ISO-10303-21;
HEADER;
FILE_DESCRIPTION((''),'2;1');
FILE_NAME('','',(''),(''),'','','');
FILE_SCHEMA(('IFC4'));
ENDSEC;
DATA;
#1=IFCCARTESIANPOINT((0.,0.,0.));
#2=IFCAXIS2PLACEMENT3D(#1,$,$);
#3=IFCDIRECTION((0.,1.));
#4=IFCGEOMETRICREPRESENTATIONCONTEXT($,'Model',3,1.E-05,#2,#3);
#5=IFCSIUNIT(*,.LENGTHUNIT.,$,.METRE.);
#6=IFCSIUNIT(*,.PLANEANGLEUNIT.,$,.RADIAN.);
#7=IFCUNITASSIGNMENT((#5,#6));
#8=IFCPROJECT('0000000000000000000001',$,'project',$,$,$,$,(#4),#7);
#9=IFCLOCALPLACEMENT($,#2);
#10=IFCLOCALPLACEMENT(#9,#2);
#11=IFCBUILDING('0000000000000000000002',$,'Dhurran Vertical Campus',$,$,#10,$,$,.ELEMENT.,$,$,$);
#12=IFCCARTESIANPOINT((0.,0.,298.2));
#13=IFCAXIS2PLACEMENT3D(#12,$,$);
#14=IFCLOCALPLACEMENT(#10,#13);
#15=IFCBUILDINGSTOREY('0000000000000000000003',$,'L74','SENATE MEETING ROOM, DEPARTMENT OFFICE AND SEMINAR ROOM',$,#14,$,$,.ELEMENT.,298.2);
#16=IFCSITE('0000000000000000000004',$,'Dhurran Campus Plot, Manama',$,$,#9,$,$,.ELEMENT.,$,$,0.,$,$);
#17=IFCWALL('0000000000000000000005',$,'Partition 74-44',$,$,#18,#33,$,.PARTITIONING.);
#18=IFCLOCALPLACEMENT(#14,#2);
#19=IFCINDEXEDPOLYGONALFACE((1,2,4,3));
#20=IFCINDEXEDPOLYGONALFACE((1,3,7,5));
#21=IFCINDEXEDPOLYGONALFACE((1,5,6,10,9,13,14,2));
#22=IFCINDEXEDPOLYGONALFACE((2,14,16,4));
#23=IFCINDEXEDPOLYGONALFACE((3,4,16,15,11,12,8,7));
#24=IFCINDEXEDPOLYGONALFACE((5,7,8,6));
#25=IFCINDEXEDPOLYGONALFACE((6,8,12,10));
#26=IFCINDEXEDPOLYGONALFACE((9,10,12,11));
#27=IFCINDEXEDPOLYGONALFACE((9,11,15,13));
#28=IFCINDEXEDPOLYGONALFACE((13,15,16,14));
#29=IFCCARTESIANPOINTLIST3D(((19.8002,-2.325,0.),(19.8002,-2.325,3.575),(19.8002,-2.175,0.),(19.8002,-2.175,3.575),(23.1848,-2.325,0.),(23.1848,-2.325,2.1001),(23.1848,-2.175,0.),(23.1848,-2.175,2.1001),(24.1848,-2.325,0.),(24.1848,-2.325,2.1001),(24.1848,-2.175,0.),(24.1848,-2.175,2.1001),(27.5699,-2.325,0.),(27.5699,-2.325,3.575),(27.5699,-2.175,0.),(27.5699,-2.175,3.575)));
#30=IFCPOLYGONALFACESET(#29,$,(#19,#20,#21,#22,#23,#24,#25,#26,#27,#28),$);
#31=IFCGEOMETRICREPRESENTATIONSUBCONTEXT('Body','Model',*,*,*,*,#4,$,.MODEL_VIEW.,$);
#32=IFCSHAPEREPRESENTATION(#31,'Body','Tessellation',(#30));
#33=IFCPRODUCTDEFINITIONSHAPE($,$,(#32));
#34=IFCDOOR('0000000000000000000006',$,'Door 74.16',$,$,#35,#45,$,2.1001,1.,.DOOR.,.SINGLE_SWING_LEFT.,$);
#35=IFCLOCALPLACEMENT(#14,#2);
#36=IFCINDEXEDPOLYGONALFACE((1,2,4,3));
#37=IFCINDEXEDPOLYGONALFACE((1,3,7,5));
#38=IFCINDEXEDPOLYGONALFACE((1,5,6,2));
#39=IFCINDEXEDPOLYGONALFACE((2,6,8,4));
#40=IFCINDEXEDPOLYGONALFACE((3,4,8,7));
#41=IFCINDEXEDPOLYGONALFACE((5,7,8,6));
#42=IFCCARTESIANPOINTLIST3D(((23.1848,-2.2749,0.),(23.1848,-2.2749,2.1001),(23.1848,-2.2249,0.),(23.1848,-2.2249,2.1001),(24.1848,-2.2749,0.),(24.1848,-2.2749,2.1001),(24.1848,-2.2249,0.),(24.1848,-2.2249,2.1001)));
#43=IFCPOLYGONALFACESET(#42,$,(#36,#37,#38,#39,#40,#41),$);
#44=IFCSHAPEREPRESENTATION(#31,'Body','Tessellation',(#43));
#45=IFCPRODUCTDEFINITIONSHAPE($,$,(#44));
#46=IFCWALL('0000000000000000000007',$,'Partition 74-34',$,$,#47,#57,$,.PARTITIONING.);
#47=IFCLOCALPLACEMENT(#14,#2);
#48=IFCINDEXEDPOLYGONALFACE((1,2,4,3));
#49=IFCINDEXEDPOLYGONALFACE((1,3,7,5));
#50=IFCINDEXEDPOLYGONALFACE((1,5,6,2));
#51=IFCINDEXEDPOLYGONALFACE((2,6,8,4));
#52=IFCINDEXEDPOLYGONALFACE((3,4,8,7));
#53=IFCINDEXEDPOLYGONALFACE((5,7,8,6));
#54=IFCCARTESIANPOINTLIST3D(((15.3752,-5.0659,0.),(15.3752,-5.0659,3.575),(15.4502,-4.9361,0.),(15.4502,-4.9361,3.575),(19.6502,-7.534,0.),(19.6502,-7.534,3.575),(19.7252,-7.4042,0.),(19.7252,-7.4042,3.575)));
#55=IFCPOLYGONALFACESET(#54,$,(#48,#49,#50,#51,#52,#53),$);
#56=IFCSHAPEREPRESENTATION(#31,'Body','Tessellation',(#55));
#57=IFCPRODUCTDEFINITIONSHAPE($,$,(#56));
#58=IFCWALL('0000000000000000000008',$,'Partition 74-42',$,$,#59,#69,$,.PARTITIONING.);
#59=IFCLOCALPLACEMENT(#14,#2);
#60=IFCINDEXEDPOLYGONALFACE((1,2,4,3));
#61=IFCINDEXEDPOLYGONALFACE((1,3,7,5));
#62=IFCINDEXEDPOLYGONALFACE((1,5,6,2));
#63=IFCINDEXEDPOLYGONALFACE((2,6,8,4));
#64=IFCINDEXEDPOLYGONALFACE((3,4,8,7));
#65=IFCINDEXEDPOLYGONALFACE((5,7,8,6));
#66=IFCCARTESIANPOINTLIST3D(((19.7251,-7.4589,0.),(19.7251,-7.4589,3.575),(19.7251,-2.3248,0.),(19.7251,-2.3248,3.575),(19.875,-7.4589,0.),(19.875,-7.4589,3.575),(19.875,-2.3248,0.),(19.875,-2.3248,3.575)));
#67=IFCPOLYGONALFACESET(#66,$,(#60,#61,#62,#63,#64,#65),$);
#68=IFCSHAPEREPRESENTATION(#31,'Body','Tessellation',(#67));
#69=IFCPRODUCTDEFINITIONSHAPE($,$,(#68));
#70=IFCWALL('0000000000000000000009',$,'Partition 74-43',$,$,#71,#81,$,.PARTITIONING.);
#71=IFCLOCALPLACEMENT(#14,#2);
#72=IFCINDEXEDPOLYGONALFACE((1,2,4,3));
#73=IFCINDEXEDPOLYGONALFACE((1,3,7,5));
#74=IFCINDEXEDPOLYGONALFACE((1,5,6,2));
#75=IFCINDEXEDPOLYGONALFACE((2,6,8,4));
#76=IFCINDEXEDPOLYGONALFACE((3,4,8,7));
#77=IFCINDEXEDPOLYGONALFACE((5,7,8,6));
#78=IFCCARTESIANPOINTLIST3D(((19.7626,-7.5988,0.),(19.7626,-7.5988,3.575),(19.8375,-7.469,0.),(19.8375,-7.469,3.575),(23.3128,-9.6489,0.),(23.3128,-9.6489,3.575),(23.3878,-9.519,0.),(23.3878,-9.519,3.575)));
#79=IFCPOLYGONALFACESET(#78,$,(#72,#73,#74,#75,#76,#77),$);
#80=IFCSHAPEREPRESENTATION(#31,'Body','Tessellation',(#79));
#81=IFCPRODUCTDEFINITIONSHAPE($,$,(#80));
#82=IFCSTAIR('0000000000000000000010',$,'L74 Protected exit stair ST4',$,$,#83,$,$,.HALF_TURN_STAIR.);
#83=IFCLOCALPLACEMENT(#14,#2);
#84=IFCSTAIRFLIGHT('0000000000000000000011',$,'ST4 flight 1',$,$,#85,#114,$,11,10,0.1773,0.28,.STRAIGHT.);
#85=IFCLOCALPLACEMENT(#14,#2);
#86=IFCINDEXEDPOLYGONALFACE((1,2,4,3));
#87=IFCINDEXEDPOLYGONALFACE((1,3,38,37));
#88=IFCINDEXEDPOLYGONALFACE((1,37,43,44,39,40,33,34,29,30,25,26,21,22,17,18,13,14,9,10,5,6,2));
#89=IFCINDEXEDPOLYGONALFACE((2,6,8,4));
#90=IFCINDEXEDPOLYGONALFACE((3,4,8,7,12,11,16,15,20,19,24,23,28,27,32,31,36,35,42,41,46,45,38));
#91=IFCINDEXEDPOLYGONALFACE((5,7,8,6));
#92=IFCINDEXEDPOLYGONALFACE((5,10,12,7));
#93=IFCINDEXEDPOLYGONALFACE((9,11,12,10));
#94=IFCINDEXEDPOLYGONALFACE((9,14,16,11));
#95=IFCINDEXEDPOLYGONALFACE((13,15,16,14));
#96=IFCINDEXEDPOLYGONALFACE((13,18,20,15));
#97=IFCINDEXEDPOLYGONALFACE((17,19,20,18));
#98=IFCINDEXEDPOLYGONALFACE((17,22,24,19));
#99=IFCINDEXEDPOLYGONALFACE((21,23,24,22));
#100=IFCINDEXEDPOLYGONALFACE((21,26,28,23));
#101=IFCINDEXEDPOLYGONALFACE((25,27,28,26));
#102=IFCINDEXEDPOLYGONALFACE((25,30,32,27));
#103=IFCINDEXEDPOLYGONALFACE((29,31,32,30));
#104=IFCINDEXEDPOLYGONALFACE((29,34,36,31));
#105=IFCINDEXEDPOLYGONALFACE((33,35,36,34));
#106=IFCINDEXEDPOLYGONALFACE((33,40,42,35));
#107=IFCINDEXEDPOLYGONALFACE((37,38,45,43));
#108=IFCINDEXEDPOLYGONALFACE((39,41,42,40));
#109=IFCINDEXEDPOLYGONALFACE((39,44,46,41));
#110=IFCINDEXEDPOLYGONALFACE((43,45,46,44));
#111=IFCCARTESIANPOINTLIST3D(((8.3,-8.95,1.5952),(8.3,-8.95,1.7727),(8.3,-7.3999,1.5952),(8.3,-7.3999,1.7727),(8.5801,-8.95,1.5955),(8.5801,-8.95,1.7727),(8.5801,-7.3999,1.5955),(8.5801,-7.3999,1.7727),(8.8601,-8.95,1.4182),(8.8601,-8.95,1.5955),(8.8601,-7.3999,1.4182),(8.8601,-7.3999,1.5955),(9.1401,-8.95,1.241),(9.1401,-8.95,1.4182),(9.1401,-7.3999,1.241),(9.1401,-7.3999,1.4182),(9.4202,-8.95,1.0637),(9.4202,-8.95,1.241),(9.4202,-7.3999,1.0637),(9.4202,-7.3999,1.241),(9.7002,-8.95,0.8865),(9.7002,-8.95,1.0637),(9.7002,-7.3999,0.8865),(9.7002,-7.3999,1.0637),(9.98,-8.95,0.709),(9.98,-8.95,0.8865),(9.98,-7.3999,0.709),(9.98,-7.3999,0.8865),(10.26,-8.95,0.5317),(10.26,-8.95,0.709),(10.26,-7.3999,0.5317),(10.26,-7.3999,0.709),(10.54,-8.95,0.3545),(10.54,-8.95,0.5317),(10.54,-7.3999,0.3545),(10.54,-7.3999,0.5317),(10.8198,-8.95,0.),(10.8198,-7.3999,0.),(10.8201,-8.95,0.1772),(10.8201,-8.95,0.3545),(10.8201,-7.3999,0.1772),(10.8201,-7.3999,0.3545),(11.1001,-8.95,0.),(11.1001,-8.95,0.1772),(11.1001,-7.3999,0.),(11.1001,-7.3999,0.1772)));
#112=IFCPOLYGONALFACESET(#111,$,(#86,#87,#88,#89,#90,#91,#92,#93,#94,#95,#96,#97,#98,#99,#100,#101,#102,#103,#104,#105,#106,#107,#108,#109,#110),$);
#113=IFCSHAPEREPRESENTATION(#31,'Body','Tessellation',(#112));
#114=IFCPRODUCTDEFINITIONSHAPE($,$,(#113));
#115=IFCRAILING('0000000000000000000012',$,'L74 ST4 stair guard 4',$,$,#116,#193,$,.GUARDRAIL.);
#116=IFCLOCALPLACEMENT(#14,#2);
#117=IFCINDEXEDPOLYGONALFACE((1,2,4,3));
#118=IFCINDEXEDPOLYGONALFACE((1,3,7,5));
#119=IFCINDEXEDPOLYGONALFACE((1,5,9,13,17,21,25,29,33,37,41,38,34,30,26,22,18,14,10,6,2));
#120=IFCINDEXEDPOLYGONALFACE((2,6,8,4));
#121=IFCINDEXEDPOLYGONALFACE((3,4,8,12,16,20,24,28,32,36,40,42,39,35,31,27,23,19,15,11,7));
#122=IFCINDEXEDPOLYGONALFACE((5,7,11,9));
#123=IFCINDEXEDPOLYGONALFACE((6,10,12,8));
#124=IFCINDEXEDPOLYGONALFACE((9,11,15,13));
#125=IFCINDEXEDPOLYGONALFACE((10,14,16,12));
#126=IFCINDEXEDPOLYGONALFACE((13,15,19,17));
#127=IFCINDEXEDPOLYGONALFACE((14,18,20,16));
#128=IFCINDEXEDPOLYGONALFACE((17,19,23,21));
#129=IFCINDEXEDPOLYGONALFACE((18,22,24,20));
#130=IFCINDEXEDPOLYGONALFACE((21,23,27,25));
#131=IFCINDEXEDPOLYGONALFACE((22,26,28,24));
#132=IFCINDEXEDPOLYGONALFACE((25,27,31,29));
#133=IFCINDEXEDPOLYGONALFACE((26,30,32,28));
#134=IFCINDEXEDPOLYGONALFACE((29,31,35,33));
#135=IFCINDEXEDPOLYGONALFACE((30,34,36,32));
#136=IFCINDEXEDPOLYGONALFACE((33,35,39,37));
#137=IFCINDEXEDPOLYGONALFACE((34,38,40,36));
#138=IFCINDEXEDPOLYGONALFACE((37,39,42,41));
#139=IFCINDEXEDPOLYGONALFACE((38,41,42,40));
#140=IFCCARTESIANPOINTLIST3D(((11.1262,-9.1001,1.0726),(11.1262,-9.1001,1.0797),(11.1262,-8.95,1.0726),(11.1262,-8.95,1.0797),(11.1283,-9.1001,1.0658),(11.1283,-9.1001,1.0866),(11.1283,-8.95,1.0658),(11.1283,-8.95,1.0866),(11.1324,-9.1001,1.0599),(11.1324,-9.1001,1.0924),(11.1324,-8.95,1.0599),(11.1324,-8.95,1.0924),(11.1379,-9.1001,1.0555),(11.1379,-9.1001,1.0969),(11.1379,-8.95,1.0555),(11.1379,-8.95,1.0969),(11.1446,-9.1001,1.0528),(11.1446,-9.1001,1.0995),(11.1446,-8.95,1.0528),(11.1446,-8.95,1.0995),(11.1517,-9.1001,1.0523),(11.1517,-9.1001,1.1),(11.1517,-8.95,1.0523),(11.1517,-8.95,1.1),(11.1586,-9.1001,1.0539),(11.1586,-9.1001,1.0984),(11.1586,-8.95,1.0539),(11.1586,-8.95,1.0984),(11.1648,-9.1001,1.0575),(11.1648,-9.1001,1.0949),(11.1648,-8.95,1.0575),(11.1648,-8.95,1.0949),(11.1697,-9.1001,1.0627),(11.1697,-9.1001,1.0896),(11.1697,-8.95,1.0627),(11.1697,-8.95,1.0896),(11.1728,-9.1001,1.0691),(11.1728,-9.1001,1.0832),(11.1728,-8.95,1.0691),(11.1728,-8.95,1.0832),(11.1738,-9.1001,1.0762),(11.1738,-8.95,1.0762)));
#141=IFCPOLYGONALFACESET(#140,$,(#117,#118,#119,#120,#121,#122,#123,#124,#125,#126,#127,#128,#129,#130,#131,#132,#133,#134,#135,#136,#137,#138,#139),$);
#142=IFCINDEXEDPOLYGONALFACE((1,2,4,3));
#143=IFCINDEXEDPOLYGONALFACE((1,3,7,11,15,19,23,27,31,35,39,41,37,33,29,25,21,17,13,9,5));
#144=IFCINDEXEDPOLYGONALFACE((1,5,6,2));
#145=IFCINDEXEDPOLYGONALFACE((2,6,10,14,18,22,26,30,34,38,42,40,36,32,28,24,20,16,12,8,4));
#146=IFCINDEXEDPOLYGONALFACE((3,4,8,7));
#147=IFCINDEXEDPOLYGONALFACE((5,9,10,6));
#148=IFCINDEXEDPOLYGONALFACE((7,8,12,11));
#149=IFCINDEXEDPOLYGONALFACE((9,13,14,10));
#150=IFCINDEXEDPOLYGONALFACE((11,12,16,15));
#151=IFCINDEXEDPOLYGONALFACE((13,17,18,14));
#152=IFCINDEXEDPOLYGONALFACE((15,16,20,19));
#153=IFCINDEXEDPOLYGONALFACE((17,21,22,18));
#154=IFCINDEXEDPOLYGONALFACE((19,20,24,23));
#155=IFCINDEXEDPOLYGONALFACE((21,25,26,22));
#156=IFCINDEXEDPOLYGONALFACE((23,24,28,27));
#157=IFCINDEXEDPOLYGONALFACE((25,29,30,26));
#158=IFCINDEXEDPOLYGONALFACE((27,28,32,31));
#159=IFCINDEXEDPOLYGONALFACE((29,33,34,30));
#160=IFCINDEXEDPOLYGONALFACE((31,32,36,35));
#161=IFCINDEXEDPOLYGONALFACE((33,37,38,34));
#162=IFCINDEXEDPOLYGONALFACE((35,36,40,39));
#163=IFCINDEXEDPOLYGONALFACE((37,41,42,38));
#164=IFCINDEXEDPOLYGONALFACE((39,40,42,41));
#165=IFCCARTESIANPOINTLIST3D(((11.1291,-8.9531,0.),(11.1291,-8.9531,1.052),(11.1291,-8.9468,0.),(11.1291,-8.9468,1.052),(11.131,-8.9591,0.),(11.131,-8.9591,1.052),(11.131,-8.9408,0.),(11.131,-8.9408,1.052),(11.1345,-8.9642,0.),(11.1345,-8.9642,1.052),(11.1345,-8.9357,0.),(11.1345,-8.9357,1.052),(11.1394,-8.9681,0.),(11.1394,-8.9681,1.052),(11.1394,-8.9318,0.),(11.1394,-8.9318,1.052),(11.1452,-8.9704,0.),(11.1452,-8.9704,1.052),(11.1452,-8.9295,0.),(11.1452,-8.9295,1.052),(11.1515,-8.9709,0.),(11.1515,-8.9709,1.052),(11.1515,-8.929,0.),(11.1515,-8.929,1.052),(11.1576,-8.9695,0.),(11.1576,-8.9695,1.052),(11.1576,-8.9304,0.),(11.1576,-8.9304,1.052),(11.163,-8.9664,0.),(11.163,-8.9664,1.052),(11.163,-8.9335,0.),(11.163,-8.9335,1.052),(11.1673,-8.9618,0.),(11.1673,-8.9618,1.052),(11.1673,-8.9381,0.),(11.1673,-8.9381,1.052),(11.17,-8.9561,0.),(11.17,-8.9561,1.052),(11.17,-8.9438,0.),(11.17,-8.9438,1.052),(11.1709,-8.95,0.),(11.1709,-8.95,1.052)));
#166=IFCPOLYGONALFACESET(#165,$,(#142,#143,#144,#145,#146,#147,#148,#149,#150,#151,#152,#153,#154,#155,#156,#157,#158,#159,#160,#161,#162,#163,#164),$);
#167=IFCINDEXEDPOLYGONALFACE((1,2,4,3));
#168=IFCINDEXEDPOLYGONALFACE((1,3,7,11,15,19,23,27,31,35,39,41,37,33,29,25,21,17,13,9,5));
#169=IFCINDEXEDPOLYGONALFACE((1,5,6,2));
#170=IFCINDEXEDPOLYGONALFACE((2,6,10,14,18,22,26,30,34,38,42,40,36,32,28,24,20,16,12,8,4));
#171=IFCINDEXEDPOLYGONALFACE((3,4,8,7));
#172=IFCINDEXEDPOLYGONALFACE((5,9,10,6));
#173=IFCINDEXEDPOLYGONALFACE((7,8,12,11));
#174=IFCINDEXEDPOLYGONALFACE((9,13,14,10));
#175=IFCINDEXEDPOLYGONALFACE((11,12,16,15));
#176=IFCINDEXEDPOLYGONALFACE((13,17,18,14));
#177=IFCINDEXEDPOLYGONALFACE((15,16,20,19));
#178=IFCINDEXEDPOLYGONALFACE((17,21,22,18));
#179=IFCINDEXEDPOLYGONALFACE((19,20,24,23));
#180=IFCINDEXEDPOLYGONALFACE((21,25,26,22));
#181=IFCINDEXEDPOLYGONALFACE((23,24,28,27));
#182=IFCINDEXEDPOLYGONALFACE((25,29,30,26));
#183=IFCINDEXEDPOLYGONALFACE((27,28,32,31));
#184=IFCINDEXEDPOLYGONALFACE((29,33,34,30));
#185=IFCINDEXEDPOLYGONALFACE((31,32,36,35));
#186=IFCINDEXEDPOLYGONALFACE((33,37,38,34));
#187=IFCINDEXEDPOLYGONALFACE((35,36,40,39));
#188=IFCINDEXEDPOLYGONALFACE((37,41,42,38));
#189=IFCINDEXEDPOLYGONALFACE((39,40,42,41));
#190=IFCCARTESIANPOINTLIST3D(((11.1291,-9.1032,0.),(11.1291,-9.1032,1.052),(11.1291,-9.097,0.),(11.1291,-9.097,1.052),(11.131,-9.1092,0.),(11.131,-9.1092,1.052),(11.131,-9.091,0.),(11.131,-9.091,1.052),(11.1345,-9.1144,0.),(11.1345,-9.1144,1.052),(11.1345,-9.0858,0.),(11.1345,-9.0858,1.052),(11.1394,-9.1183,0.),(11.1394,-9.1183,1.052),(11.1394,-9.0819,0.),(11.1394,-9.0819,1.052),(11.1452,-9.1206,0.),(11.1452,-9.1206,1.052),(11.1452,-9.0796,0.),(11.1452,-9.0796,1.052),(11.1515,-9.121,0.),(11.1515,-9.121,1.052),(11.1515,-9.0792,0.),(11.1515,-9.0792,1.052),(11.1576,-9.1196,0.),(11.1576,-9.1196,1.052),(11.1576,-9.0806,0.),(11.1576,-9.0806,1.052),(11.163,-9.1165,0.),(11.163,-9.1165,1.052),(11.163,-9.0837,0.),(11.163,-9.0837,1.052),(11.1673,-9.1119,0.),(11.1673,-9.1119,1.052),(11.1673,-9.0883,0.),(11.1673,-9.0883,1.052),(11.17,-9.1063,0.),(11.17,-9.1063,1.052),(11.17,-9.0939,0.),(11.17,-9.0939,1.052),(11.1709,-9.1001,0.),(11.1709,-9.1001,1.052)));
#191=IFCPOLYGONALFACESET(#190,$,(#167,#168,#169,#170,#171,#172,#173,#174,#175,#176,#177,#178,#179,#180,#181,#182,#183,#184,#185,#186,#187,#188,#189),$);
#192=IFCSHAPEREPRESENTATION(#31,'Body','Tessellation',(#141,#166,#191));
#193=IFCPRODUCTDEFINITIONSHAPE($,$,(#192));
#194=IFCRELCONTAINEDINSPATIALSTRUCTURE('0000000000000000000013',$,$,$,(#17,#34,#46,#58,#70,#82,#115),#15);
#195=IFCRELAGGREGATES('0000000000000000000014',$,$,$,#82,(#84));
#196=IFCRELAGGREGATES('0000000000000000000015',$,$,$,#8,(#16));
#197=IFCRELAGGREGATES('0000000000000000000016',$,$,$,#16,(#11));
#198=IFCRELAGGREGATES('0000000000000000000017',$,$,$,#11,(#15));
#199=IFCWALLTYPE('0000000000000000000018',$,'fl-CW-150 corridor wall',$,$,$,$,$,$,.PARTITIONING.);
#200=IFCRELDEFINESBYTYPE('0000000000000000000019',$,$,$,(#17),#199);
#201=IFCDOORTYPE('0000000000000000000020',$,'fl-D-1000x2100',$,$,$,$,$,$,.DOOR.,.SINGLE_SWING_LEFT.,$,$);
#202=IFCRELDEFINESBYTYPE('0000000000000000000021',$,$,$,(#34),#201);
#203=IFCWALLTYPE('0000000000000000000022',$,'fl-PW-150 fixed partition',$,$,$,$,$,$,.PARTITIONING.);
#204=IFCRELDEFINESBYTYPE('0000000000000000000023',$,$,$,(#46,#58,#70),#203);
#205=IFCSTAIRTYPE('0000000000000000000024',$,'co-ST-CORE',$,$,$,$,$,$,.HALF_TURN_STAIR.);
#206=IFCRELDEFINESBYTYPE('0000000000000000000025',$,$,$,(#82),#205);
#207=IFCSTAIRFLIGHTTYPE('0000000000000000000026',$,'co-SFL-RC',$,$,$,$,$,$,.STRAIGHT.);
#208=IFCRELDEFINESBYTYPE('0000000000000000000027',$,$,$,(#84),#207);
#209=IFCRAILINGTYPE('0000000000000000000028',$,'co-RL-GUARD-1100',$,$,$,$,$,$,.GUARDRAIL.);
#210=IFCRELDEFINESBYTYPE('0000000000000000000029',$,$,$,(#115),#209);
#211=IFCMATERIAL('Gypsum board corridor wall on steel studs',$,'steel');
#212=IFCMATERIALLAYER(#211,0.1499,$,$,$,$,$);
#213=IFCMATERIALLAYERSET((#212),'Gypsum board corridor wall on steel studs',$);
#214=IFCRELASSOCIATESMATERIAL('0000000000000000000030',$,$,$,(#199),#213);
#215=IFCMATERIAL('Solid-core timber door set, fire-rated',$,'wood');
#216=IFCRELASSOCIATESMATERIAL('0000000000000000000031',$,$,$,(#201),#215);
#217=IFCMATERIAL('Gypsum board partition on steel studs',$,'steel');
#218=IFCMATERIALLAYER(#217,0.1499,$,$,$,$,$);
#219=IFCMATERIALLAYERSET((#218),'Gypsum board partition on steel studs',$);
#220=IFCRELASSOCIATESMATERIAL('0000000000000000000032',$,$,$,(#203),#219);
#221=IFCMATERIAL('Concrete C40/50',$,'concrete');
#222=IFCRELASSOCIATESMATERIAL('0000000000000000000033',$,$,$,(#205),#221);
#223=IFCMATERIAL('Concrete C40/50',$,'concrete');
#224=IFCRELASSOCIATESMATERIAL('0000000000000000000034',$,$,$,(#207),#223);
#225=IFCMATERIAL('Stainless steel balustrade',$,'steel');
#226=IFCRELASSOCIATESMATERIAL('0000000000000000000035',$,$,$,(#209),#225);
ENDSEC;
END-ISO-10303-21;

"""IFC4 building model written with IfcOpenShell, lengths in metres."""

from ifc_helpers import new_model, si_unit, direction, frame, frame_2d, origin, origin_2d, place, context, subcontext, project, spatial, polyline, rectangle, circle, outline, extrude, material, layer, layer_set, type_object, element, fill, aggregate, save


model = new_model("IFC4")

# Units and contexts
model_context = context("Model", 3, precision=1e-05, world=origin(), true_north=direction((0.0, 1.0)))
body_context = subcontext(model_context, "Body", "Model", "MODEL_VIEW")
ifc_project = project(units=[si_unit("LENGTHUNIT", "METRE"), si_unit("PLANEANGLEUNIT", "RADIAN")], contexts=[model_context])

# Site, building, storey
site_placement = place(None, origin())
site = spatial("IfcSite", under=ifc_project, at=site_placement, Name="Dhurran Campus Plot, Manama", CompositionType="ELEMENT", RefElevation=0.0)
building_placement = place(site_placement, origin())
building = spatial("IfcBuilding", under=site, at=building_placement, Name="Dhurran Vertical Campus", CompositionType="ELEMENT")
storey_placement = place(building_placement, frame((0.0, 0.0, 298.2)))
storey = spatial("IfcBuildingStorey", under=building, at=storey_placement, Name="L74", Description="SENATE MEETING ROOM, DEPARTMENT OFFICE AND SEMINAR ROOM", CompositionType="ELEMENT", Elevation=298.2)

# Shared definitions
ifc_material_1 = material(Name="Gypsum board corridor wall on steel studs", Category="steel")
ifc_layer_1 = layer(ifc_material_1, 0.1499)
ifc_layer_set_1 = layer_set([ifc_layer_1], Name="Gypsum board corridor wall on steel studs")
wall_type_1 = type_object("IfcWallType", Name="fl-CW-150 corridor wall", PredefinedType="PARTITIONING", material=ifc_layer_set_1)

# Wall, opening, door
ifc_material_2 = material(Name="Solid-core timber door set, fire-rated", Category="wood")
door_type = type_object("IfcDoorType", Name="fl-D-1000x2100", OperationType="SINGLE_SWING_LEFT", PredefinedType="DOOR", material=ifc_material_2)
wall_1_placement = place(storey_placement, frame((27.5698, -2.25, 0.0), z_axis=(0.0, 0.0, 1.0), x_axis=(-1.0, 0.0, 0.0)))
wall_1 = element("IfcWall", 1, at=wall_1_placement, inside=storey, type_object=wall_type_1, Name="Partition 74-44", PredefinedType="PARTITIONING", context=body_context, shape_type="SweptSolid", body=[
    extrude(rectangle(XDim=7.7698, YDim=0.1499, at=frame_2d((3.8848, 0.0))), origin(), (0.0, 0.0, 1.0), 3.575),
])
opening_1_placement = place(wall_1_placement, frame((3.385, 0.0, 0.0)))
opening_1 = element("IfcOpeningElement", 2, at=opening_1_placement, cuts=wall_1, PredefinedType="OPENING", context=body_context, shape_type="SweptSolid", body=[
    extrude(rectangle(XDim=1.0, YDim=2.1001, at=frame_2d((0.5, 1.05))), frame((0.0, 0.085, 0.0), z_axis=(0.0, -1.0, 0.0), x_axis=(1.0, 0.0, 0.0)), (0.0, 0.0, 1.0), 0.1699),
])
door_1_placement = place(opening_1_placement, origin())
door_1 = element("IfcDoor", 3, at=door_1_placement, inside=storey, type_object=door_type, Name="Door 74.16", OperationType="SINGLE_SWING_LEFT", OverallHeight=2.1001, OverallWidth=1.0, PredefinedType="DOOR", context=body_context, shape_type="SweptSolid", body=[
    extrude(rectangle(XDim=1.0, YDim=2.1001, at=frame_2d((0.5, 1.05))), frame((0.0, 0.0249, 0.0), z_axis=(0.0, -1.0, 0.0), x_axis=(1.0, 0.0, 0.0)), (0.0, 0.0, 1.0), 0.05),
])
fill(opening_1, door_1)

# Walls
ifc_material_3 = material(Name="Gypsum board partition on steel studs", Category="steel")
ifc_layer_2 = layer(ifc_material_3, 0.1499)
ifc_layer_set_2 = layer_set([ifc_layer_2], Name="Gypsum board partition on steel studs")
wall_type_2 = type_object("IfcWallType", Name="fl-PW-150 fixed partition", PredefinedType="PARTITIONING", material=ifc_layer_set_2)
wall_2_placement = place(storey_placement, frame((15.4126, -5.001, 0.0), z_axis=(0.0, 0.0, 1.0), x_axis=(0.866034, -0.499985, 0.0)))
element("IfcWall", 4, at=wall_2_placement, inside=storey, type_object=wall_type_2, Name="Partition 74-34", PredefinedType="PARTITIONING", context=body_context, shape_type="SweptSolid", body=[
    extrude(rectangle(XDim=4.9363, YDim=0.1499, at=frame_2d((2.4683, 0.0))), origin(), (0.0, 0.0, 1.0), 3.575),
])
wall_3_placement = place(storey_placement, frame((19.8, -2.325, 0.0), z_axis=(0.0, 0.0, 1.0), x_axis=(0.0, -1.0, 0.0)))
element("IfcWall", 5, at=wall_3_placement, inside=storey, type_object=wall_type_2, Name="Partition 74-42", PredefinedType="PARTITIONING", context=body_context, shape_type="SweptSolid", body=[
    extrude(rectangle(XDim=5.134, YDim=0.1499, at=frame_2d((2.5669, 0.0))), origin(), (0.0, 0.0, 1.0), 3.575),
])
wall_4_placement = place(storey_placement, frame((19.8, -7.5339, 0.0), z_axis=(0.0, 0.0, 1.0), x_axis=(0.865995, -0.500052, 0.0)))
element("IfcWall", 6, at=wall_4_placement, inside=storey, type_object=wall_type_2, Name="Partition 74-43", PredefinedType="PARTITIONING", context=body_context, shape_type="SweptSolid", body=[
    extrude(rectangle(XDim=4.0996, YDim=0.1499, at=frame_2d((2.0498, 0.0))), origin(), (0.0, 0.0, 1.0), 3.575),
])

# Stair, stair flight
ifc_material_4 = material(Name="Concrete C40/50", Category="concrete")
stair_type = type_object("IfcStairType", Name="co-ST-CORE", PredefinedType="HALF_TURN_STAIR", material=ifc_material_4)
stair_placement = place(storey_placement, origin())
stair = element("IfcStair", 7, at=stair_placement, inside=storey, type_object=stair_type, Name="L74 Protected exit stair ST4", PredefinedType="HALF_TURN_STAIR")
ifc_material_5 = material(Name="Concrete C40/50", Category="concrete")
stair_flight_type = type_object("IfcStairFlightType", Name="co-SFL-RC", PredefinedType="STRAIGHT", material=ifc_material_5)
stair_flight_placement = place(storey_placement, frame((11.1001, -8.175, 0.0), z_axis=(0.0, 0.0, 1.0), x_axis=(-1.0, 0.0, 0.0)))
stair_flight = element("IfcStairFlight", 8, at=stair_flight_placement, type_object=stair_flight_type, Name="ST4 flight 1", NumberOfRisers=11, NumberOfTreads=10, PredefinedType="STRAIGHT", RiserHeight=0.1773, TreadLength=0.28, context=body_context, shape_type="SweptSolid", body=[
    extrude(outline(polyline([(0.0, 0.0), (0.0, 0.1772), (0.28, 0.1772), (0.28, 0.3545), (0.5601, 0.3545), (0.5601, 0.5317), (0.8401, 0.5317), (0.8401, 0.709), (1.1201, 0.709), (1.1201, 0.8865), (1.3999, 0.8865), (1.3999, 1.0637), (1.6799, 1.0637), (1.6799, 1.241), (1.96, 1.241), (1.96, 1.4182), (2.24, 1.4182), (2.24, 1.5955), (2.52, 1.5955), (2.52, 1.7727), (2.8, 1.7727), (2.8, 1.95), (2.8, 1.5952), (0.2803, 0.0), (0.0, 0.0)])), frame((0.0, 0.7749, 0.0), z_axis=(0.0, -1.0, 0.0), x_axis=(1.0, 0.0, 0.0)), (0.0, 0.0, 1.0), 1.55),
])
aggregate(stair, [stair_flight])

# Railing
ifc_material_6 = material(Name="Stainless steel balustrade", Category="steel")
railing_type_1 = type_object("IfcRailingType", Name="co-RL-GUARD-1100", PredefinedType="GUARDRAIL", material=ifc_material_6)
railing_1_placement = place(storey_placement, frame((11.1499, -8.95, 0.0)))
element("IfcRailing", 9, at=railing_1_placement, inside=storey, type_object=railing_type_1, Name="L74 ST4 stair guard 4", PredefinedType="GUARDRAIL", context=body_context, shape_type="SweptSolid", body=[
    extrude(circle(Radius=0.0239, at=origin_2d()), frame((0.0, 0.0, 1.0762), z_axis=(0.0, -1.0, 0.0), x_axis=(1.0, 0.0, 0.0)), (0.0, 0.0, 1.0), 0.1501),
    extrude(circle(Radius=0.021, at=origin_2d()), origin(), (0.0, 0.0, 1.0), 1.052),
    extrude(circle(Radius=0.021, at=origin_2d()), frame((0.0, -0.1501, 0.0)), (0.0, 0.0, 1.0), 1.052),
])

save(model, "model.ifc")
